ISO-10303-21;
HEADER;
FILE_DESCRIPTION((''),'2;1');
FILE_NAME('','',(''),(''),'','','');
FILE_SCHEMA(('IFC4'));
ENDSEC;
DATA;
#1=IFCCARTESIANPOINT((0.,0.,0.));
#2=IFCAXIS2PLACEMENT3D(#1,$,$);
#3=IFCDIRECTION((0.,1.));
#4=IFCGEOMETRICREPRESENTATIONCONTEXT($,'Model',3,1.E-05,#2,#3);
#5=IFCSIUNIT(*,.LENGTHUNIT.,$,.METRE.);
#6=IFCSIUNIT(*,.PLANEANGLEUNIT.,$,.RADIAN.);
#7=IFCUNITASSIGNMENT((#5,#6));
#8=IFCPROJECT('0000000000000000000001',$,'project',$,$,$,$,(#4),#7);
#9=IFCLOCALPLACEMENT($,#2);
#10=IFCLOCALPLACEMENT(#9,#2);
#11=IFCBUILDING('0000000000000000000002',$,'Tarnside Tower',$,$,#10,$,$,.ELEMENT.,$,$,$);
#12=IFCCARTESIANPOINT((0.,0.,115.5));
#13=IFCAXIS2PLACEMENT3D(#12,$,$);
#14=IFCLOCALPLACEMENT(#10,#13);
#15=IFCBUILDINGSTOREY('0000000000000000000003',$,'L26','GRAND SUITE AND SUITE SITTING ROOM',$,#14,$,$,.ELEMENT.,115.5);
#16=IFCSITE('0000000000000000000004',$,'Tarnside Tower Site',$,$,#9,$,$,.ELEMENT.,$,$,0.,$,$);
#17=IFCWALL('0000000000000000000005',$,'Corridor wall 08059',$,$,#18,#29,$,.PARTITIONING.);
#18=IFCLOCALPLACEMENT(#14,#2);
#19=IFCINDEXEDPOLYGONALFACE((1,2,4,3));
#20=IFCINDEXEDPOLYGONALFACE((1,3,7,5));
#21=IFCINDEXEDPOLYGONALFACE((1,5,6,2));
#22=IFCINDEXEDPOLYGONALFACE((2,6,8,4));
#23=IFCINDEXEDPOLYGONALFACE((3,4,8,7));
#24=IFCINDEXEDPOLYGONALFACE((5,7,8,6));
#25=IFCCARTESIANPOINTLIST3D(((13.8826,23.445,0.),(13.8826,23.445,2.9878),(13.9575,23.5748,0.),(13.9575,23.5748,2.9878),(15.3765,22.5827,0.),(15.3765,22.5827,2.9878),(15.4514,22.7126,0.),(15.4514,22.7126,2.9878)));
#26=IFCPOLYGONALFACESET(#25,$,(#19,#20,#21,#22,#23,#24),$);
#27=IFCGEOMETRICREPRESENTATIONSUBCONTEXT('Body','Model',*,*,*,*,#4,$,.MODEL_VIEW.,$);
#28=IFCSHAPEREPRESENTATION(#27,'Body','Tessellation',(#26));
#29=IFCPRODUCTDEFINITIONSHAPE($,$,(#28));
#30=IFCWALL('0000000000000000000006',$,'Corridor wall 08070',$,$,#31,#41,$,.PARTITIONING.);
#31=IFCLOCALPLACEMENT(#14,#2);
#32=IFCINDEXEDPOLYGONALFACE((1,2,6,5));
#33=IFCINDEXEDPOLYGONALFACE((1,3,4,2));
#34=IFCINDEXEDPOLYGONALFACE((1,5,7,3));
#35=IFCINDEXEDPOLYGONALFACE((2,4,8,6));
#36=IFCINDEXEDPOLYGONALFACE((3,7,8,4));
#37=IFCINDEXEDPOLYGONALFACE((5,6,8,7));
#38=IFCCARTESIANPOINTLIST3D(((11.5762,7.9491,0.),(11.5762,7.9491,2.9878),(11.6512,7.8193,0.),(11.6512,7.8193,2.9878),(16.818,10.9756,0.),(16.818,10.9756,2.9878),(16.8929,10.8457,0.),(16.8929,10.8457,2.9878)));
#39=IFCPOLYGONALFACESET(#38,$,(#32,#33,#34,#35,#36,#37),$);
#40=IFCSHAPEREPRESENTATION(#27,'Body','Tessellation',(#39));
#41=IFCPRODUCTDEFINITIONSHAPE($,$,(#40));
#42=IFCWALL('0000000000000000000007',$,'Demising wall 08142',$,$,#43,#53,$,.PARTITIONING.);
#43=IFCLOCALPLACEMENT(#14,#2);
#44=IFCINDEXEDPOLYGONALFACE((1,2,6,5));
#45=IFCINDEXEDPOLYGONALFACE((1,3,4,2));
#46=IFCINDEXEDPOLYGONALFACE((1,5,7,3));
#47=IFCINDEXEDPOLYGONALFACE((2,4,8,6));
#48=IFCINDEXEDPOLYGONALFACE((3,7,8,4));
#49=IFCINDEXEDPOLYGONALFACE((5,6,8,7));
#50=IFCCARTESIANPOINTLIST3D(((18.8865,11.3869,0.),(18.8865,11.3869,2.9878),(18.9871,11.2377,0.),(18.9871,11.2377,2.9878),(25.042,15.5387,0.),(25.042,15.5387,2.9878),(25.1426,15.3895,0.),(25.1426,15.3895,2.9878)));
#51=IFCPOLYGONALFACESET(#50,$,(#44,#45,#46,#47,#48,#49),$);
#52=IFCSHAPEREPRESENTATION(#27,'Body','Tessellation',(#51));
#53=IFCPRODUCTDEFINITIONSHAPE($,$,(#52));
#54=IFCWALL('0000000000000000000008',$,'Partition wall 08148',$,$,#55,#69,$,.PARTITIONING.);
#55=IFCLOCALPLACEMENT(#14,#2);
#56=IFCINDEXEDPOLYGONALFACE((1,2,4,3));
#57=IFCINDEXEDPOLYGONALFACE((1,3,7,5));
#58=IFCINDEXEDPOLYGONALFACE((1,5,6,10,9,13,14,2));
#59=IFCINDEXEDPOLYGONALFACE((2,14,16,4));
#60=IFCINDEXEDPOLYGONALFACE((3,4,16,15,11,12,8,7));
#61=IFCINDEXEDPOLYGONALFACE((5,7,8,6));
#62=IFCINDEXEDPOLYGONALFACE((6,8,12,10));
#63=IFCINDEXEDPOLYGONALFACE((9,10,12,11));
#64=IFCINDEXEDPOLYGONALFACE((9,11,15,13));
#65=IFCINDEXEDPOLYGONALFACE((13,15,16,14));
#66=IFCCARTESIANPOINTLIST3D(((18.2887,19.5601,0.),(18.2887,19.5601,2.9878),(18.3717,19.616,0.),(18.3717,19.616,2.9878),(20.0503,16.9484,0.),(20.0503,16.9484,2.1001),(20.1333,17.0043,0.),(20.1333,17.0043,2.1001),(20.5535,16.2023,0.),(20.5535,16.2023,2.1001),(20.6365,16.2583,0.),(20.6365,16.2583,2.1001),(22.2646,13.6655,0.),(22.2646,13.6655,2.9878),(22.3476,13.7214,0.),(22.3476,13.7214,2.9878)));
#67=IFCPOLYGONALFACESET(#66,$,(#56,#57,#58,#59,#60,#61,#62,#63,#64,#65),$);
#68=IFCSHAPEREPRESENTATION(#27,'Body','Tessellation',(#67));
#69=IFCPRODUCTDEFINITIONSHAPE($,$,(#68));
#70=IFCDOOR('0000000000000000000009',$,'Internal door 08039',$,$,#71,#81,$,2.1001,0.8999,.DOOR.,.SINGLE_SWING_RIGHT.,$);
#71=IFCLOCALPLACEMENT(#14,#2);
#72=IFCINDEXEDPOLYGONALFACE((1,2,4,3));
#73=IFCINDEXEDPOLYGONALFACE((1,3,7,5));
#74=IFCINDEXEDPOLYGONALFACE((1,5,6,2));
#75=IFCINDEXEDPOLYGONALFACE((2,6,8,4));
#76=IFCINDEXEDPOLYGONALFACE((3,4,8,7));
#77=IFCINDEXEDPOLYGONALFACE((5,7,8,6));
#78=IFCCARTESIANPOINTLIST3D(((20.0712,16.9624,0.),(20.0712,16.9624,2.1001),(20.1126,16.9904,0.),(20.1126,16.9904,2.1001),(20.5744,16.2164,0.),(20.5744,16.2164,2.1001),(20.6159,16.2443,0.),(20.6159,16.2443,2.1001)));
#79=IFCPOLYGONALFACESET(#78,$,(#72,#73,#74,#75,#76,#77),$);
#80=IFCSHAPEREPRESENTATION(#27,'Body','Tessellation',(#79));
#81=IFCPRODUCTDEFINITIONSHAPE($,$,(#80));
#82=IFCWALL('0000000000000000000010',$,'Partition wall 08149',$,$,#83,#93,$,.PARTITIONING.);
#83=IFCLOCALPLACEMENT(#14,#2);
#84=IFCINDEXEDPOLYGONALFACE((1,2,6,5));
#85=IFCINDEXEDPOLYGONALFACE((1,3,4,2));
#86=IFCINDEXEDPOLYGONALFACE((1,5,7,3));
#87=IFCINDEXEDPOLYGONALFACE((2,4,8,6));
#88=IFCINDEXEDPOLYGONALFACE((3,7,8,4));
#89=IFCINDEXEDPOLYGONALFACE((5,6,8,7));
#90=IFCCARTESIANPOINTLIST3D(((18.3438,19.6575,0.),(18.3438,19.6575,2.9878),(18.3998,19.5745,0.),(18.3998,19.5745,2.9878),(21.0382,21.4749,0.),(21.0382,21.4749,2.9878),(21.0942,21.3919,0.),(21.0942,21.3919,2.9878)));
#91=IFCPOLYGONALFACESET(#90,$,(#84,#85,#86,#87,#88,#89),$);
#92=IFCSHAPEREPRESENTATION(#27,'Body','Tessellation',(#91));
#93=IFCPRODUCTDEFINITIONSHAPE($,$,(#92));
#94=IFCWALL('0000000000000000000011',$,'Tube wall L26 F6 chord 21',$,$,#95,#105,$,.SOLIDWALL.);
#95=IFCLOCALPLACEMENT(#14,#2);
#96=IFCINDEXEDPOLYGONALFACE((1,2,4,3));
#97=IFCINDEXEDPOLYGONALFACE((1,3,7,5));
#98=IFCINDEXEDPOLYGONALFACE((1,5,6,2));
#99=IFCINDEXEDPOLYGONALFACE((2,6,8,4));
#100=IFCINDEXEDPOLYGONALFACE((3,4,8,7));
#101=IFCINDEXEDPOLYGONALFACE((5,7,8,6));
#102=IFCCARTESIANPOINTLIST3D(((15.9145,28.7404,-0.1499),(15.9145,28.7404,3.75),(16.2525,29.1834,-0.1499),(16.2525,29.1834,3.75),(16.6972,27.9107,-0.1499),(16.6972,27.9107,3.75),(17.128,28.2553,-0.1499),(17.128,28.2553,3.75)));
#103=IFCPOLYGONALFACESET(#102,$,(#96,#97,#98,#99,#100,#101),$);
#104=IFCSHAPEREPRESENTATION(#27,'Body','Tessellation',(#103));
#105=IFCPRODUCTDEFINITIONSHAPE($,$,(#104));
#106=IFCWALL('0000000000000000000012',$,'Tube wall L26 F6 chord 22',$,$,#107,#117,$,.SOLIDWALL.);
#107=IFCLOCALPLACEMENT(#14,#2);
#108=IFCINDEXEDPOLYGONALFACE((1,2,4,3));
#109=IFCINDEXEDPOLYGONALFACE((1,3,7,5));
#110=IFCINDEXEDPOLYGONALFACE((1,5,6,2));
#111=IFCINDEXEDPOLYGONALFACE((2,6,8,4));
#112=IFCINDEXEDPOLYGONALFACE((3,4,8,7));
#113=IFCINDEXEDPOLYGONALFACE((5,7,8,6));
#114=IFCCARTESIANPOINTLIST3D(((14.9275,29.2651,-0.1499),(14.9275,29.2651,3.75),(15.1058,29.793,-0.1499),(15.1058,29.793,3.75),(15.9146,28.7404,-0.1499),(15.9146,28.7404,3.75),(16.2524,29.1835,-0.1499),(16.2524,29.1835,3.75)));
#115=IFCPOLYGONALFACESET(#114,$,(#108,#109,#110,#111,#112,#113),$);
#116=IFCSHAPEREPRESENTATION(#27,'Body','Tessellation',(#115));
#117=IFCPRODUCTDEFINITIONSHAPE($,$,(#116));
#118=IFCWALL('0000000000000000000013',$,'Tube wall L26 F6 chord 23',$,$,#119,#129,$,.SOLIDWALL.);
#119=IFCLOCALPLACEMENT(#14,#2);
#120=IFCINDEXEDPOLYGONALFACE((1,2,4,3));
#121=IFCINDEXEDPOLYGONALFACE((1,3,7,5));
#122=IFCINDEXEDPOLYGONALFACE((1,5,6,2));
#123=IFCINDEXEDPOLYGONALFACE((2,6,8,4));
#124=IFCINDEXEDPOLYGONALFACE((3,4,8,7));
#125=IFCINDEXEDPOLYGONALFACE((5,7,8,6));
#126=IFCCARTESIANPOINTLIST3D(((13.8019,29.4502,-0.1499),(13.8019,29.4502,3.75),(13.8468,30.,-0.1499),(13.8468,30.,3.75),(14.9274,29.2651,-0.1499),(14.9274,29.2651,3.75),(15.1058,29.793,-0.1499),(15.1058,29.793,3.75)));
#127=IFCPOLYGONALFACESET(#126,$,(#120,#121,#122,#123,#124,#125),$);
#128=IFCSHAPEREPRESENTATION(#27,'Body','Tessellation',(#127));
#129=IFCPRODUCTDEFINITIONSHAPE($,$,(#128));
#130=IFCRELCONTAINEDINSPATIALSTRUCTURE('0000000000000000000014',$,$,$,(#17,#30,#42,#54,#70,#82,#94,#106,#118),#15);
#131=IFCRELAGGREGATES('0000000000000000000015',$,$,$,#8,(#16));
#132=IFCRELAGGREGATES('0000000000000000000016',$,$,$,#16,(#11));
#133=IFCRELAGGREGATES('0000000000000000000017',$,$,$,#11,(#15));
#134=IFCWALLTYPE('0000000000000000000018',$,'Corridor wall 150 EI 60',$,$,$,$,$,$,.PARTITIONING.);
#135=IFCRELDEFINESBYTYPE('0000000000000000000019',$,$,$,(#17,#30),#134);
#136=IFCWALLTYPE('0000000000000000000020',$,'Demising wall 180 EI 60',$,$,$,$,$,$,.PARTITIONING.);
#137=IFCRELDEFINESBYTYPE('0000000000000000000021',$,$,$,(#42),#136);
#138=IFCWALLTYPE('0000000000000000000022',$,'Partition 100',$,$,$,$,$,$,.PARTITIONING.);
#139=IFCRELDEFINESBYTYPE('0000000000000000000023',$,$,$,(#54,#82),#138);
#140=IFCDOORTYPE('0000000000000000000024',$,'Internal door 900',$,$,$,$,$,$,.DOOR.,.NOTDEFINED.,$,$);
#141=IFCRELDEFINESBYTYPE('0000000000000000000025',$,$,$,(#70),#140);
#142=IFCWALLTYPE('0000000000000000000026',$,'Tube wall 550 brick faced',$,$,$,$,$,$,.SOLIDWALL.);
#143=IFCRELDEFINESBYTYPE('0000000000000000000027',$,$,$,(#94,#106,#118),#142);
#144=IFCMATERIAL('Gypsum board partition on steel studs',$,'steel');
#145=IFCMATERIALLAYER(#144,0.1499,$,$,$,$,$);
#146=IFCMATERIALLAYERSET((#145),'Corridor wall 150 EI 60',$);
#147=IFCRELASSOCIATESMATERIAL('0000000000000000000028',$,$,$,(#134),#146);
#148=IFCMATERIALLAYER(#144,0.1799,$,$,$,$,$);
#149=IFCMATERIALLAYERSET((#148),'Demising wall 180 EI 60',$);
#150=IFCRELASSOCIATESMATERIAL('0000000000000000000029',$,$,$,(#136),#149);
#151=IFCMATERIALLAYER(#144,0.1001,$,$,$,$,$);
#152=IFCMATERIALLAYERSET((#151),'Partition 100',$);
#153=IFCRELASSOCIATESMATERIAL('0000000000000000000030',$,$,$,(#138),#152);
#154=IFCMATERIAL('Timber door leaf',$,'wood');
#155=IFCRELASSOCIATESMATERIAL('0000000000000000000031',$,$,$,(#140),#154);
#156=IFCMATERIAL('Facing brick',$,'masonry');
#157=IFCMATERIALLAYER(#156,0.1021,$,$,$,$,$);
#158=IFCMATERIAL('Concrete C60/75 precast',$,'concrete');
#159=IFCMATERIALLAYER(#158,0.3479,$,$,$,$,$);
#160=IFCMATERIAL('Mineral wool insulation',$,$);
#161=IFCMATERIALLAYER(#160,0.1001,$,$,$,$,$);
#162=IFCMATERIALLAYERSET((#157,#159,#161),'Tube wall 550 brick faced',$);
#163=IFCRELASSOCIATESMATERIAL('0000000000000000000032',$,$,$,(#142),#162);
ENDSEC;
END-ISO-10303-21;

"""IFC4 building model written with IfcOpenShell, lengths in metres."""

from ifc_helpers import new_model, si_unit, direction, frame, frame_2d, origin, place, context, subcontext, project, spatial, polyline, rectangle, outline, extrude, material, layer, layer_set, type_object, element, fill, save


model = new_model("IFC4")

# Units and contexts
model_context = context("Model", 3, precision=1e-05, world=origin(), true_north=direction((0.0, 1.0)))
body_context = subcontext(model_context, "Body", "Model", "MODEL_VIEW")
ifc_project = project(units=[si_unit("LENGTHUNIT", "METRE"), si_unit("PLANEANGLEUNIT", "RADIAN")], contexts=[model_context])

# Site, building, storey
site_placement = place(None, origin())
site = spatial("IfcSite", under=ifc_project, at=site_placement, Name="Tarnside Tower Site", CompositionType="ELEMENT", RefElevation=0.0)
building_placement = place(site_placement, origin())
building = spatial("IfcBuilding", under=site, at=building_placement, Name="Tarnside Tower", CompositionType="ELEMENT")
storey_placement = place(building_placement, frame((0.0, 0.0, 115.5)))
storey = spatial("IfcBuildingStorey", under=building, at=storey_placement, Name="L26", Description="GRAND SUITE AND SUITE SITTING ROOM", CompositionType="ELEMENT", Elevation=115.5)

# Shared definitions
ifc_material_1 = material(Name="Gypsum board partition on steel studs", Category="steel")

# Shared definitions
ifc_material_2 = material(Name="Timber door leaf", Category="wood")

# Walls
ifc_layer_1 = layer(ifc_material_1, 0.1499)
ifc_layer_set_1 = layer_set([ifc_layer_1], Name="Corridor wall 150 EI 60")
wall_type_1 = type_object("IfcWallType", Name="Corridor wall 150 EI 60", PredefinedType="PARTITIONING", material=ifc_layer_set_1)
wall_1_placement = place(storey_placement, frame((15.4138, 22.6477, 0.0), z_axis=(0.0, 0.0, 1.0), x_axis=(-0.866075, 0.499914, 0.0)))
element("IfcWall", 1, at=wall_1_placement, inside=storey, type_object=wall_type_1, Name="Corridor wall 08059", PredefinedType="PARTITIONING", context=body_context, shape_type="SweptSolid", body=[
    extrude(rectangle(XDim=1.7249, YDim=0.1499, at=frame_2d((0.8623, 0.0))), origin(), (0.0, 0.0, 1.0), 2.9878),
])
wall_2_placement = place(storey_placement, frame((16.8555, 10.9106, 0.0), z_axis=(0.0, 0.0, 1.0), x_axis=(-0.86602, -0.500009, 0.0)))
element("IfcWall", 2, at=wall_2_placement, inside=storey, type_object=wall_type_1, Name="Corridor wall 08070", PredefinedType="PARTITIONING", context=body_context, shape_type="SweptSolid", body=[
    extrude(rectangle(XDim=6.0527, YDim=0.1499, at=frame_2d((3.0264, 0.0))), origin(), (0.0, 0.0, 1.0), 2.9878),
])
ifc_layer_2 = layer(ifc_material_1, 0.1799)
ifc_layer_set_2 = layer_set([ifc_layer_2], Name="Demising wall 180 EI 60")
wall_type_2 = type_object("IfcWallType", Name="Demising wall 180 EI 60", PredefinedType="PARTITIONING", material=ifc_layer_set_2)
wall_3_placement = place(storey_placement, frame((25.0923, 15.4641, 0.0), z_axis=(0.0, 0.0, 1.0), x_axis=(-0.829043, -0.559184, 0.0)))
element("IfcWall", 3, at=wall_3_placement, inside=storey, type_object=wall_type_2, Name="Demising wall 08142", PredefinedType="PARTITIONING", context=body_context, shape_type="SweptSolid", body=[
    extrude(rectangle(XDim=7.4248, YDim=0.1799, at=frame_2d((3.7124, 0.0))), origin(), (0.0, 0.0, 1.0), 2.9878),
])

# Wall, opening, door
ifc_layer_3 = layer(ifc_material_1, 0.1001)
ifc_layer_set_3 = layer_set([ifc_layer_3], Name="Partition 100")
wall_type_3 = type_object("IfcWallType", Name="Partition 100", PredefinedType="PARTITIONING", material=ifc_layer_set_3)
wall_4_placement = place(storey_placement, frame((22.3062, 13.6934, 0.0), z_axis=(0.0, 0.0, 1.0), x_axis=(-0.559185, 0.829043, 0.0)))
wall_4 = element("IfcWall", 4, at=wall_4_placement, inside=storey, type_object=wall_type_3, Name="Partition wall 08148", PredefinedType="PARTITIONING", context=body_context, shape_type="SweptSolid", body=[
    extrude(rectangle(XDim=7.1101, YDim=0.1001, at=frame_2d((3.5552, 0.0))), origin(), (0.0, 0.0, 1.0), 2.9878),
])
opening_1_placement = place(wall_4_placement, frame((3.0601, 0.0, 0.0)))
opening_1 = element("IfcOpeningElement", 5, at=opening_1_placement, cuts=wall_4, PredefinedType="OPENING", context=body_context, shape_type="SweptSolid", body=[
    extrude(rectangle(XDim=0.8999, YDim=2.1001, at=frame_2d((0.45, 1.05))), frame((0.0, 0.0601, 0.0), z_axis=(0.0, -1.0, 0.0), x_axis=(1.0, 0.0, 0.0)), (0.0, 0.0, 1.0), 0.1201),
])
door_type_1 = type_object("IfcDoorType", Name="Internal door 900", OperationType="NOTDEFINED", PredefinedType="DOOR", material=ifc_material_2)
door_1_placement = place(opening_1_placement, origin())
door_1 = element("IfcDoor", 6, at=door_1_placement, inside=storey, type_object=door_type_1, Name="Internal door 08039", OperationType="SINGLE_SWING_RIGHT", OverallHeight=2.1001, OverallWidth=0.8999, PredefinedType="DOOR", context=body_context, shape_type="SweptSolid", body=[
    extrude(rectangle(XDim=0.8999, YDim=2.1001, at=frame_2d((0.45, 1.05))), frame((0.0, 0.0249, 0.0), z_axis=(0.0, -1.0, 0.0), x_axis=(1.0, 0.0, 0.0)), (0.0, 0.0, 1.0), 0.05),
])
fill(opening_1, door_1)

# Walls
wall_5_placement = place(storey_placement, frame((18.3718, 19.616, 0.0), z_axis=(0.0, 0.0, 1.0), x_axis=(0.829033, 0.559199, 0.0)))
element("IfcWall", 7, at=wall_5_placement, inside=storey, type_object=wall_type_3, Name="Partition wall 08149", PredefinedType="PARTITIONING", context=body_context, shape_type="SweptSolid", body=[
    extrude(rectangle(XDim=3.25, YDim=0.1001, at=frame_2d((1.625, 0.0))), origin(), (0.0, 0.0, 1.0), 2.9878),
])
ifc_material_3 = material(Name="Facing brick", Category="masonry")
ifc_layer_4 = layer(ifc_material_3, 0.1021)
ifc_material_4 = material(Name="Concrete C60/75 precast", Category="concrete")
ifc_layer_5 = layer(ifc_material_4, 0.3479)
ifc_material_5 = material(Name="Mineral wool insulation")
ifc_layer_6 = layer(ifc_material_5, 0.1001)
ifc_layer_set_4 = layer_set([ifc_layer_4, ifc_layer_5, ifc_layer_6], Name="Tube wall 550 brick faced")
wall_type_4 = type_object("IfcWallType", Name="Tube wall 550 brick faced", PredefinedType="SOLIDWALL", material=ifc_layer_set_4)
wall_6_placement = place(storey_placement, frame((16.9126, 28.083, -0.1499), z_axis=(0.0, 0.0, 1.0), x_axis=(-0.686196, 0.727416, 0.0)))
element("IfcWall", 8, at=wall_6_placement, inside=storey, type_object=wall_type_4, Name="Tube wall L26 F6 chord 21", PredefinedType="SOLIDWALL", context=body_context, shape_type="SweptSolid", body=[
    extrude(outline(polyline([(-0.0225, -0.2749), (1.2534, -0.2749), (1.1631, 0.2749), (0.0225, 0.2749), (-0.0225, -0.2749)])), origin(), (0.0, 0.0, 1.0), 3.8999),
])
wall_7_placement = place(storey_placement, frame((16.0835, 28.9619, -0.1499), z_axis=(0.0, 0.0, 1.0), x_axis=(-0.882995, 0.469382, 0.0)))
element("IfcWall", 9, at=wall_7_placement, inside=storey, type_object=wall_type_4, Name="Tube wall L26 F6 chord 22", PredefinedType="SOLIDWALL", context=body_context, shape_type="SweptSolid", body=[
    extrude(outline(polyline([(-0.0452, -0.2749), (1.2534, -0.2749), (1.1631, 0.2749), (0.0452, 0.2749), (-0.0452, -0.2749)])), origin(), (0.0, 0.0, 1.0), 3.8999),
])
wall_8_placement = place(storey_placement, frame((15.0166, 29.5291, -0.1499), z_axis=(0.0, 0.0, 1.0), x_axis=(-0.986747, 0.162269, 0.0)))
element("IfcWall", 10, at=wall_8_placement, inside=storey, type_object=wall_type_4, Name="Tube wall L26 F6 chord 23", PredefinedType="SOLIDWALL", context=body_context, shape_type="SweptSolid", body=[
    extrude(outline(polyline([(-0.0452, -0.2749), (1.2307, -0.2749), (1.1858, 0.2749), (0.0452, 0.2749), (-0.0452, -0.2749)])), origin(), (0.0, 0.0, 1.0), 3.8999),
])

save(model, "model.ifc")
